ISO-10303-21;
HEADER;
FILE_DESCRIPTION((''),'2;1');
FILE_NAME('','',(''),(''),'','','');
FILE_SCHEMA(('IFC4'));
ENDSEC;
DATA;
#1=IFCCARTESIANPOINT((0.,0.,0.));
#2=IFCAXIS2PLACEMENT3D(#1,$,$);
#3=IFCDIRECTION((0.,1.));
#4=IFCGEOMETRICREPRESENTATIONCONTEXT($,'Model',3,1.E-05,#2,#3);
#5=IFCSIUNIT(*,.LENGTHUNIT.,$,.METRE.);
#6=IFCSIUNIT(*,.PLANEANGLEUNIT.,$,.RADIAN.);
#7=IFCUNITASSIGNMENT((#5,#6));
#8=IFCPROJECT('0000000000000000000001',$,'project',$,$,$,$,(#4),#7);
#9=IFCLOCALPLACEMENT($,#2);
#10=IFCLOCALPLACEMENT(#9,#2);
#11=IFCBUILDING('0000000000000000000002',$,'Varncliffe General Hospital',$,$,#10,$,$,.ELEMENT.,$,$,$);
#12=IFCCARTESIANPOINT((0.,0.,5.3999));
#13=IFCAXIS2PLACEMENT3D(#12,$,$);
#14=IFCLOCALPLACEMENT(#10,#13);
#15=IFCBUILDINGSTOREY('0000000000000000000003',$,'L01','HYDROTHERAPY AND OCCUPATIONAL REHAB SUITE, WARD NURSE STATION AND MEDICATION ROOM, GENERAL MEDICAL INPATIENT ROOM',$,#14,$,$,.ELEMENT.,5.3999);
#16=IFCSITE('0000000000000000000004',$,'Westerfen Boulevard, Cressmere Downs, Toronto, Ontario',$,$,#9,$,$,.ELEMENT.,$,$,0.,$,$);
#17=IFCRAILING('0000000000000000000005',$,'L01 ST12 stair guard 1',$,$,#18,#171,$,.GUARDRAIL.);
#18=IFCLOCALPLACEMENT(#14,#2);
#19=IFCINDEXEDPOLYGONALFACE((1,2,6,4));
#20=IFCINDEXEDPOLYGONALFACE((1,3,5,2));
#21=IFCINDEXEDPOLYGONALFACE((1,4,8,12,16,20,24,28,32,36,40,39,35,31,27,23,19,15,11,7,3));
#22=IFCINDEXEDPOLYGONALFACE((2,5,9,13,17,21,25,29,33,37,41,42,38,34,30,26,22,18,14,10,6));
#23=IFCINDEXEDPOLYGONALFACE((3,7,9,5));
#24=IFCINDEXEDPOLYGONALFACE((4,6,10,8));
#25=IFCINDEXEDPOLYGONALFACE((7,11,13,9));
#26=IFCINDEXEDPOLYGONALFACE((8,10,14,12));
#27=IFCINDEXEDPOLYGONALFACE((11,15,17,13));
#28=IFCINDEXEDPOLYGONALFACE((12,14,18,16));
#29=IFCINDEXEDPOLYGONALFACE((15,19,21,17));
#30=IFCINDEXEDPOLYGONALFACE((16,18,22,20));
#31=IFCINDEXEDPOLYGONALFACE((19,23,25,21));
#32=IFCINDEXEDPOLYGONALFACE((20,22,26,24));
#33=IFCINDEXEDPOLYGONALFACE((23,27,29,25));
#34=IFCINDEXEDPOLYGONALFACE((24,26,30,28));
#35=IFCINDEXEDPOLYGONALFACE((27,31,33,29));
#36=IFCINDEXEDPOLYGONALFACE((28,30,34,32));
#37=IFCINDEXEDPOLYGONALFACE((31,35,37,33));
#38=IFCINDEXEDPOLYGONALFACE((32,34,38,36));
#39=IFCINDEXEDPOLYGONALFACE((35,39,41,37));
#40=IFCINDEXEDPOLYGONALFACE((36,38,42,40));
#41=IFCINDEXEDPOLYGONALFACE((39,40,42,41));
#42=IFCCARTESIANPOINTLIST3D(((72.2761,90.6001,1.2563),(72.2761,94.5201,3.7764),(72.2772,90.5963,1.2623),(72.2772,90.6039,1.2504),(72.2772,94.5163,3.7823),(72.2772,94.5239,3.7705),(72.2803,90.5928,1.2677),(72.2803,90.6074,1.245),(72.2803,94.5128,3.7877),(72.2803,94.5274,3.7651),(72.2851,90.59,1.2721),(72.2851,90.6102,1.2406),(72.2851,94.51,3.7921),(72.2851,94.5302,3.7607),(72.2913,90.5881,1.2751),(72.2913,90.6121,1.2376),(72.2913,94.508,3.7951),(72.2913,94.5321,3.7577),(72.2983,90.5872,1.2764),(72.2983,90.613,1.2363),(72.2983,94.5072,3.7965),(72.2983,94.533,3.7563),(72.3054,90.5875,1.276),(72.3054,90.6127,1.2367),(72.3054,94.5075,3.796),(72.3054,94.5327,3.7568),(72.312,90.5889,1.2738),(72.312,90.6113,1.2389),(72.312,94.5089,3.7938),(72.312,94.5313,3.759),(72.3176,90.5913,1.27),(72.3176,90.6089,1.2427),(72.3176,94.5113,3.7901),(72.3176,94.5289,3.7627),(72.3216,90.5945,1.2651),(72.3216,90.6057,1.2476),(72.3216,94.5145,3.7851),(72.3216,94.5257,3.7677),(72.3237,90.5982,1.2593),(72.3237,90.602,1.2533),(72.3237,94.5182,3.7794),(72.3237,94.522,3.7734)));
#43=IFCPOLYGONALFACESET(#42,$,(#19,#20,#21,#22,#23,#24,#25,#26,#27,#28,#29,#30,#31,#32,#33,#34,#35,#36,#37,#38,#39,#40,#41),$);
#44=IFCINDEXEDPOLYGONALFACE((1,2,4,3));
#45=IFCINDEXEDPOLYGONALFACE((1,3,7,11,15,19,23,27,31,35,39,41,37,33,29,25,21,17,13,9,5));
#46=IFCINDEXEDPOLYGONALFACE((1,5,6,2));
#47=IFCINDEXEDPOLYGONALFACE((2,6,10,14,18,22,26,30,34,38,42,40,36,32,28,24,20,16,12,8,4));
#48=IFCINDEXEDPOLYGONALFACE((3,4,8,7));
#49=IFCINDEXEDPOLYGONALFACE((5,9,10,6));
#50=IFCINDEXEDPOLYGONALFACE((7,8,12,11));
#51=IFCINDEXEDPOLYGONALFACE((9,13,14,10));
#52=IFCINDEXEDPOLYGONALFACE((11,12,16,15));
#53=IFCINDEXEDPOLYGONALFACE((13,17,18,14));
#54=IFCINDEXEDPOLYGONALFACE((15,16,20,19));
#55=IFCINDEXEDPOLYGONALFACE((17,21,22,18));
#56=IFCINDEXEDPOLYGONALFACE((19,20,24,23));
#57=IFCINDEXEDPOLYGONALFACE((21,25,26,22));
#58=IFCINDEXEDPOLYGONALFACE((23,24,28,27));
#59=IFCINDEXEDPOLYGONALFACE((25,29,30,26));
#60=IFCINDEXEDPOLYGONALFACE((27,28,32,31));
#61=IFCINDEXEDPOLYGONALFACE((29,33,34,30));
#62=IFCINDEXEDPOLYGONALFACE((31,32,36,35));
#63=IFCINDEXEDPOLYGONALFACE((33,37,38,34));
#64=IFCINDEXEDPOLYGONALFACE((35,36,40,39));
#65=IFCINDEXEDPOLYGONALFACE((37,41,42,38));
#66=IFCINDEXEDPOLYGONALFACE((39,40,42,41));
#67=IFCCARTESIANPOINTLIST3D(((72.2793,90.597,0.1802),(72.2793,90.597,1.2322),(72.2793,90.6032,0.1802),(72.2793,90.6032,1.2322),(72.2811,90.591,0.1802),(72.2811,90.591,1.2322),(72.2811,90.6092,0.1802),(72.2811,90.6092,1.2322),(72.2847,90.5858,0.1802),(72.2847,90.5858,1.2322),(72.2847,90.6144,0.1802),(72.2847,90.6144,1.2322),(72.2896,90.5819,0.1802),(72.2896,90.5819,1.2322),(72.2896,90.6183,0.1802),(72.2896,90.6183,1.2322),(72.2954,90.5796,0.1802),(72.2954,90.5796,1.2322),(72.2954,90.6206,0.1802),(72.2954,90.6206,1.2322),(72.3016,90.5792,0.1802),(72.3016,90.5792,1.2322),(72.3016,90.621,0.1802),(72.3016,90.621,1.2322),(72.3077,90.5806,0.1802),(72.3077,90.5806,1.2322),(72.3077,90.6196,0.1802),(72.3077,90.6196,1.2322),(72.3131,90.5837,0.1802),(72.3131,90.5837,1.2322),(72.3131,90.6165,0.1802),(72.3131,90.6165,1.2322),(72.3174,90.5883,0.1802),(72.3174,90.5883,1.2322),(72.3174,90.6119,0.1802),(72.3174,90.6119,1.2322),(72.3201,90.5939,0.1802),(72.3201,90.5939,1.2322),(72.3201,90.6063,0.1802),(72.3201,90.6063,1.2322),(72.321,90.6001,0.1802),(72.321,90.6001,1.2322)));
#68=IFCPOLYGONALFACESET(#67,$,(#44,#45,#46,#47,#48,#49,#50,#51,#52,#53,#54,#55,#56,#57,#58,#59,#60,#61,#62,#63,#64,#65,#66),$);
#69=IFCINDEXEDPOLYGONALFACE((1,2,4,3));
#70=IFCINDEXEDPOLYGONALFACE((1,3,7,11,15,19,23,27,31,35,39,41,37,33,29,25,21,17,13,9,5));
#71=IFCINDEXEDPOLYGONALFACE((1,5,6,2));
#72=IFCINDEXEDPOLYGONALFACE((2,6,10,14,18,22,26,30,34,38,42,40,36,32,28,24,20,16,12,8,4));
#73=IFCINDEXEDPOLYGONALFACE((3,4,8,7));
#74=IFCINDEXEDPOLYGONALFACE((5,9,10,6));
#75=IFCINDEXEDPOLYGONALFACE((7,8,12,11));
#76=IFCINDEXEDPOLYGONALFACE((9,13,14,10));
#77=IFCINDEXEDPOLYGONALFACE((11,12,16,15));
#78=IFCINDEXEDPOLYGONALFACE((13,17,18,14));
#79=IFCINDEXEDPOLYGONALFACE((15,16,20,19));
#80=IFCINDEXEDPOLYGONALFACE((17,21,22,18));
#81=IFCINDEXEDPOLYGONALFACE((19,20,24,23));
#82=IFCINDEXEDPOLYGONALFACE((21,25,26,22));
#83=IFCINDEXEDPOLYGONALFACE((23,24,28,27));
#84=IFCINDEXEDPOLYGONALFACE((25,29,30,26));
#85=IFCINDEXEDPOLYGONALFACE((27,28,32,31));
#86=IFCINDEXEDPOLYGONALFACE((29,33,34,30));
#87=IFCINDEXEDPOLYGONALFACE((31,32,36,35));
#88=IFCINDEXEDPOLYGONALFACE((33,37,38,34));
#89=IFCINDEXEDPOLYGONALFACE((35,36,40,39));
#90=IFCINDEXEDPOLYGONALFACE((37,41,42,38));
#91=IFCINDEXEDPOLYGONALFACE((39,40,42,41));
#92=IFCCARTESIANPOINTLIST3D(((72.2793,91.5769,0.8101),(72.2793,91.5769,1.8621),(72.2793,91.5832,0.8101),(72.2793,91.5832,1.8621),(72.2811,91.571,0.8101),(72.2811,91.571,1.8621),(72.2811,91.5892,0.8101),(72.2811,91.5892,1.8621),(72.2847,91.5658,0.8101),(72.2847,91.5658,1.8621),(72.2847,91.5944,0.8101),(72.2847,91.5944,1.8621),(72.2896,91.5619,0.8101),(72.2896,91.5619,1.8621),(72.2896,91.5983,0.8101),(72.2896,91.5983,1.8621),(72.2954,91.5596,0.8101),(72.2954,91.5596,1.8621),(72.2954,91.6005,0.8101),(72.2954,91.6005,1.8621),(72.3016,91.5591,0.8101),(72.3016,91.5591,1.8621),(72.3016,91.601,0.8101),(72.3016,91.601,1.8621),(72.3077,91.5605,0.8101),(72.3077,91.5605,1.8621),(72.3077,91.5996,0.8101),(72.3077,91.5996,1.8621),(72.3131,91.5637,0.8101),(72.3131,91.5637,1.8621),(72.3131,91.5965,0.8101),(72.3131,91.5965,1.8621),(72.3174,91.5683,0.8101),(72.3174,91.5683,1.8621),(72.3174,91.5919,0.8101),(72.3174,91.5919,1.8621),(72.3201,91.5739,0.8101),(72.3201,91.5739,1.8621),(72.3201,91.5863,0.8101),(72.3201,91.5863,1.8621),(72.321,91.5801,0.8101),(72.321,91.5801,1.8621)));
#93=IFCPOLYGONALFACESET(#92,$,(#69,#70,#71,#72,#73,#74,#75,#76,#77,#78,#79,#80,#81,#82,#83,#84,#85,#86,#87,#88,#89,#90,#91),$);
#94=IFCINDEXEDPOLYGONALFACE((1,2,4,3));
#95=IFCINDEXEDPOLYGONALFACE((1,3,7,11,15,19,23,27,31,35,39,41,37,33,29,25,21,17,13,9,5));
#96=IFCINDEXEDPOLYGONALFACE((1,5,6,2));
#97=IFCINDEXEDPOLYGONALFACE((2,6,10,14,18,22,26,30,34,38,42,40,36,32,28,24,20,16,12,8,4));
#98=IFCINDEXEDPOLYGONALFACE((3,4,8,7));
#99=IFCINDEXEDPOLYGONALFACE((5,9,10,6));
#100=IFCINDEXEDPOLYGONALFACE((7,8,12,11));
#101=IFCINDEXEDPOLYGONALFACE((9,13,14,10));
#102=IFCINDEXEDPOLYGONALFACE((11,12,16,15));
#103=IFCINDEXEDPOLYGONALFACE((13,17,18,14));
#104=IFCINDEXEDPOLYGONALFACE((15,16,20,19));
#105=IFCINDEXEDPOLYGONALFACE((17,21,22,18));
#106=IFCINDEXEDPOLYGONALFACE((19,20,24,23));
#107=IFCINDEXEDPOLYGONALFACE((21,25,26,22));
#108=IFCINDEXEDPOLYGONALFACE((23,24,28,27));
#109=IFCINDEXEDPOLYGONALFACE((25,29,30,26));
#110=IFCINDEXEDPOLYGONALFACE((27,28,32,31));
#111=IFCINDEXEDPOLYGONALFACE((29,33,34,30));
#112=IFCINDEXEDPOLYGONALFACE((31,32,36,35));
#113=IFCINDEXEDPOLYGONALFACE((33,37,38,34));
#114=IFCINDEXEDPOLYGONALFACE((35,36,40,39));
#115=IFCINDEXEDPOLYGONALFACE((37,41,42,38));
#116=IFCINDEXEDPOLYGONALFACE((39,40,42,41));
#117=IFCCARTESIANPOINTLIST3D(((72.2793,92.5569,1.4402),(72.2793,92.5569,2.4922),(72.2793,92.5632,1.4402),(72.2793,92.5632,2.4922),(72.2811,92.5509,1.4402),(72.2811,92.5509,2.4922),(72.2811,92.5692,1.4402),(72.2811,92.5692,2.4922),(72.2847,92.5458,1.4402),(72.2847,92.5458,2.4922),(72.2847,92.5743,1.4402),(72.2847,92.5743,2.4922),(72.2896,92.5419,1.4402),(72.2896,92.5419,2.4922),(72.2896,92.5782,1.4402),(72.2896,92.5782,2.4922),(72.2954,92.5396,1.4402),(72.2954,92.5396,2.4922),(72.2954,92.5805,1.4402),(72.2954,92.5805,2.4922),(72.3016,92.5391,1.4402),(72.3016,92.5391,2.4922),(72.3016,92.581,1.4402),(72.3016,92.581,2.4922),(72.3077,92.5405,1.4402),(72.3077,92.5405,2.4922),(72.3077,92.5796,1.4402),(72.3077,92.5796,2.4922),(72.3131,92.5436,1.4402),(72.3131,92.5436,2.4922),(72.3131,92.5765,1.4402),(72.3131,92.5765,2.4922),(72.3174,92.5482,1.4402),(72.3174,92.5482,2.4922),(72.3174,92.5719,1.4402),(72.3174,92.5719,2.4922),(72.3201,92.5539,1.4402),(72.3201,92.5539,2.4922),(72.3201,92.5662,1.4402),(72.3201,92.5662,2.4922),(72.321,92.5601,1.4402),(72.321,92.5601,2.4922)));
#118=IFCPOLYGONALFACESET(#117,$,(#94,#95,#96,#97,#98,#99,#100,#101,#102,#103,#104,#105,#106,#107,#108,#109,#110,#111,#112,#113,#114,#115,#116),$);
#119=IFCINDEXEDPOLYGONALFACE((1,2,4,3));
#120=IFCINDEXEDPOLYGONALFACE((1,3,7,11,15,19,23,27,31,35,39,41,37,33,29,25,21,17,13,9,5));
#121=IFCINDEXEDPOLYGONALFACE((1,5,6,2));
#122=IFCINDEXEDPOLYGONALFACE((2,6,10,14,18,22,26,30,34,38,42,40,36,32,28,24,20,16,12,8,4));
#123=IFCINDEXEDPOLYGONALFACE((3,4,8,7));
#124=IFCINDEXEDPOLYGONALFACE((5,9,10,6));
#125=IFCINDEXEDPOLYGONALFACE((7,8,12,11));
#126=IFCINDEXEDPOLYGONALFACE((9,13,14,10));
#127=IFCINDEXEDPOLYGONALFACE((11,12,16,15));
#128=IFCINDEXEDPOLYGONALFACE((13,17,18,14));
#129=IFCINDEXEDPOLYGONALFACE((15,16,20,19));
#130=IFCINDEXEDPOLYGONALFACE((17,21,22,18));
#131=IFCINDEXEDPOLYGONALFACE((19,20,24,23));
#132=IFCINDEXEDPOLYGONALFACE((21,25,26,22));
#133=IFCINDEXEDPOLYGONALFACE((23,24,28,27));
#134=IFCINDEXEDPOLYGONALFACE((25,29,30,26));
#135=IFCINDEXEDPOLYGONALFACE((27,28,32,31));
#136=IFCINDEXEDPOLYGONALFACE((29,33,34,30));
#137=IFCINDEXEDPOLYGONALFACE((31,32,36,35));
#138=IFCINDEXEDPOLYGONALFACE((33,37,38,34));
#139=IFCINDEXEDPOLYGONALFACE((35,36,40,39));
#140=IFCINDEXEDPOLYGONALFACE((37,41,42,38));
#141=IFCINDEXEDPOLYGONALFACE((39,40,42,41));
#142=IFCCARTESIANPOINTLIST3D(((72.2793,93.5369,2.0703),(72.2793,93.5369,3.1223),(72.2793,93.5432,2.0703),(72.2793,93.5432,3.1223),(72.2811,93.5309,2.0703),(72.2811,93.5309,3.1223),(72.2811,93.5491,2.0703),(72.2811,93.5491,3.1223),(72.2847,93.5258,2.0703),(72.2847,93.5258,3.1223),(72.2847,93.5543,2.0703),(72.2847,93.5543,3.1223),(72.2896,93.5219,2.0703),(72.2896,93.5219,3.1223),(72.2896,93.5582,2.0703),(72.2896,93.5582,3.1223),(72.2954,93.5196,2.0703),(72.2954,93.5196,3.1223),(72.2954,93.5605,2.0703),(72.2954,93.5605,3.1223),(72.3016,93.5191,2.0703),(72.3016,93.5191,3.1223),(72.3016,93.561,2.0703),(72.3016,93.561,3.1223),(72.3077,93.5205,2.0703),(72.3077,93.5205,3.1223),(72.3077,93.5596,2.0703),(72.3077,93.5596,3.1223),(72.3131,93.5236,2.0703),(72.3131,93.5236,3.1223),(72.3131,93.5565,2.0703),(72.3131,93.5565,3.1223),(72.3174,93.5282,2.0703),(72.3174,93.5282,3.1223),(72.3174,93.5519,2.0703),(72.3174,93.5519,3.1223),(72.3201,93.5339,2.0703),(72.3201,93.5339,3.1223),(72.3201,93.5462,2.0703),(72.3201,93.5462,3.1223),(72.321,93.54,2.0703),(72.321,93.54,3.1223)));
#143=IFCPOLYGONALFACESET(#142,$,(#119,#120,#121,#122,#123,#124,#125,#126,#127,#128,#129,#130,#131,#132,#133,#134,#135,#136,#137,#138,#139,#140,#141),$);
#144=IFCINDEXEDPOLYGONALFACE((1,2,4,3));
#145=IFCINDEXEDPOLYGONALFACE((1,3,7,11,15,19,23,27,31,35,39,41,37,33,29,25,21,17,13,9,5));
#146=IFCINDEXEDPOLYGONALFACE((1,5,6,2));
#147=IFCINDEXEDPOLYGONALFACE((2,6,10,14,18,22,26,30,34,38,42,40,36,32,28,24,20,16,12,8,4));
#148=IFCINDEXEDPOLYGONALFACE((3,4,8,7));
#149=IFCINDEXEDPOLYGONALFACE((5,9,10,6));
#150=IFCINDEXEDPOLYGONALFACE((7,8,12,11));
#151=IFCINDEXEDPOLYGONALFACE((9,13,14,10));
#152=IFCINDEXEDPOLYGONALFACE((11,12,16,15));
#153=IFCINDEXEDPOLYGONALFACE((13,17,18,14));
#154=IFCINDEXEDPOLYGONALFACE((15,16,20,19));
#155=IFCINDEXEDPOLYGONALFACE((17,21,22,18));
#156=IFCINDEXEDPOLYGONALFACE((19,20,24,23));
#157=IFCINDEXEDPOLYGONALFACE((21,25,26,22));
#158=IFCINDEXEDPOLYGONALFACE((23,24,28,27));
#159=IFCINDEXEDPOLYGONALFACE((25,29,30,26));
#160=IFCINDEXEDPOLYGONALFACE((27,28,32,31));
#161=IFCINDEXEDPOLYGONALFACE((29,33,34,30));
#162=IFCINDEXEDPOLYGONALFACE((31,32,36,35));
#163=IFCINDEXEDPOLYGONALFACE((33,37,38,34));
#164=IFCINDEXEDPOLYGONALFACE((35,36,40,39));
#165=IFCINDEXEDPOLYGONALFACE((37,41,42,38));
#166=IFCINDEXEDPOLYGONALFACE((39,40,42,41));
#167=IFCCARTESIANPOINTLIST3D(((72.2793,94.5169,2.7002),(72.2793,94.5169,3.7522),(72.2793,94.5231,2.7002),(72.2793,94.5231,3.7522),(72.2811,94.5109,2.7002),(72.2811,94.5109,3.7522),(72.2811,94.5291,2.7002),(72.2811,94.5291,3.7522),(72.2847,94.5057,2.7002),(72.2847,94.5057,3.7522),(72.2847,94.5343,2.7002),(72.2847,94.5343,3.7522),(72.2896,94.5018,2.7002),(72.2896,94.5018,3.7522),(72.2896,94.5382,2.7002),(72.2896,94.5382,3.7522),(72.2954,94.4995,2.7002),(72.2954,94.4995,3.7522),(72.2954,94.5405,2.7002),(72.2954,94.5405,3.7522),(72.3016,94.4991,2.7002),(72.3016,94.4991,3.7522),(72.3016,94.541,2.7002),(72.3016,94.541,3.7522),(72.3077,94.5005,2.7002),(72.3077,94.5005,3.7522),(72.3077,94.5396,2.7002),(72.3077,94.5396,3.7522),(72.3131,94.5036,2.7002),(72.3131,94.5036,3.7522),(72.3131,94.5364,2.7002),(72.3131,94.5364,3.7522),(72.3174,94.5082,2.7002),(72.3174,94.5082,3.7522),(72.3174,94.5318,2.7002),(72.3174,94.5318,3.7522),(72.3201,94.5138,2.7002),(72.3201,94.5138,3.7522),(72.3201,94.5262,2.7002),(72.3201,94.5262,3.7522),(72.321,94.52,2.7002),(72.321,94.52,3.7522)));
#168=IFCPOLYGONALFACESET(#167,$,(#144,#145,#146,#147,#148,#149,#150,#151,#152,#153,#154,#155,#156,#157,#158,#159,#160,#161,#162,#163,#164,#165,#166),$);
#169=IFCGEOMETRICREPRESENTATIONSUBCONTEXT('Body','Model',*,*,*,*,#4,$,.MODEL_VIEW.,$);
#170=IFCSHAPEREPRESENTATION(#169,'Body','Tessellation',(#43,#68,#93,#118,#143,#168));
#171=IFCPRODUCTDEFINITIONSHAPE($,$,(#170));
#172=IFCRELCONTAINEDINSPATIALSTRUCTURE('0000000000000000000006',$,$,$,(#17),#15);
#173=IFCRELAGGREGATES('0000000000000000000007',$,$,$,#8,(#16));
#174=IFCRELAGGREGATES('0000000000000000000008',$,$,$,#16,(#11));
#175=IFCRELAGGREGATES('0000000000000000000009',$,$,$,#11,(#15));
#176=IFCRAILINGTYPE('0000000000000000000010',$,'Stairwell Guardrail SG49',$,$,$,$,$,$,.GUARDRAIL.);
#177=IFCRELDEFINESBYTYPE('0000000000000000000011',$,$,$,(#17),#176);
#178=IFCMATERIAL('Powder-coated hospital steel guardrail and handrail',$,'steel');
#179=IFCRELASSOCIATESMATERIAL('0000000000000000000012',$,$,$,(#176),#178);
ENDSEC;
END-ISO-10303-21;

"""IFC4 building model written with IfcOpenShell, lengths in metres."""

from ifc_helpers import new_model, si_unit, direction, frame, origin, origin_2d, place, context, subcontext, project, spatial, circle, extrude, material, type_object, element, save


model = new_model("IFC4")

# Units and contexts
model_context = context("Model", 3, precision=1e-05, world=origin(), true_north=direction((0.0, 1.0)))
body_context = subcontext(model_context, "Body", "Model", "MODEL_VIEW")
ifc_project = project(units=[si_unit("LENGTHUNIT", "METRE"), si_unit("PLANEANGLEUNIT", "RADIAN")], contexts=[model_context])

# Site, building, storey
site_placement = place(None, origin())
site = spatial("IfcSite", under=ifc_project, at=site_placement, Name="Westerfen Boulevard, Cressmere Downs, Toronto, Ontario", CompositionType="ELEMENT", RefElevation=0.0)
building_placement = place(site_placement, origin())
building = spatial("IfcBuilding", under=site, at=building_placement, Name="Varncliffe General Hospital", CompositionType="ELEMENT")
storey_placement = place(building_placement, frame((0.0, 0.0, 5.3999)))
storey = spatial("IfcBuildingStorey", under=building, at=storey_placement, Name="L01", Description="HYDROTHERAPY AND OCCUPATIONAL REHAB SUITE, WARD NURSE STATION AND MEDICATION ROOM, GENERAL MEDICAL INPATIENT ROOM", CompositionType="ELEMENT", Elevation=5.3999)

# Railing
ifc_material_1 = material(Name="Powder-coated hospital steel guardrail and handrail", Category="steel")
railing_type_1 = type_object("IfcRailingType", Name="Stairwell Guardrail SG49", PredefinedType="GUARDRAIL", material=ifc_material_1)
railing_1_placement = place(storey_placement, frame((72.3, 90.6001, 0.1802)))
element("IfcRailing", 1, at=railing_1_placement, inside=storey, type_object=railing_type_1, Name="L01 ST12 stair guard 1", PredefinedType="GUARDRAIL", context=body_context, shape_type="SweptSolid", body=[
    extrude(circle(Radius=0.0239, at=origin_2d()), frame((0.0, 0.0, 1.0762), z_axis=(0.0, 0.841172, 0.540768), x_axis=(-1.0, 0.0, 0.0)), (0.0, 0.0, 1.0), 4.6602),
    extrude(circle(Radius=0.021, at=origin_2d()), origin(), (0.0, 0.0, 1.0), 1.052),
    extrude(circle(Radius=0.021, at=origin_2d()), frame((0.0, 0.98, 0.6299)), (0.0, 0.0, 1.0), 1.052),
    extrude(circle(Radius=0.021, at=origin_2d()), frame((0.0, 1.96, 1.26)), (0.0, 0.0, 1.0), 1.052),
    extrude(circle(Radius=0.021, at=origin_2d()), frame((0.0, 2.9399, 1.8901)), (0.0, 0.0, 1.0), 1.052),
    extrude(circle(Radius=0.021, at=origin_2d()), frame((0.0, 3.9199, 2.52)), (0.0, 0.0, 1.0), 1.052),
])

save(model, "model.ifc")
